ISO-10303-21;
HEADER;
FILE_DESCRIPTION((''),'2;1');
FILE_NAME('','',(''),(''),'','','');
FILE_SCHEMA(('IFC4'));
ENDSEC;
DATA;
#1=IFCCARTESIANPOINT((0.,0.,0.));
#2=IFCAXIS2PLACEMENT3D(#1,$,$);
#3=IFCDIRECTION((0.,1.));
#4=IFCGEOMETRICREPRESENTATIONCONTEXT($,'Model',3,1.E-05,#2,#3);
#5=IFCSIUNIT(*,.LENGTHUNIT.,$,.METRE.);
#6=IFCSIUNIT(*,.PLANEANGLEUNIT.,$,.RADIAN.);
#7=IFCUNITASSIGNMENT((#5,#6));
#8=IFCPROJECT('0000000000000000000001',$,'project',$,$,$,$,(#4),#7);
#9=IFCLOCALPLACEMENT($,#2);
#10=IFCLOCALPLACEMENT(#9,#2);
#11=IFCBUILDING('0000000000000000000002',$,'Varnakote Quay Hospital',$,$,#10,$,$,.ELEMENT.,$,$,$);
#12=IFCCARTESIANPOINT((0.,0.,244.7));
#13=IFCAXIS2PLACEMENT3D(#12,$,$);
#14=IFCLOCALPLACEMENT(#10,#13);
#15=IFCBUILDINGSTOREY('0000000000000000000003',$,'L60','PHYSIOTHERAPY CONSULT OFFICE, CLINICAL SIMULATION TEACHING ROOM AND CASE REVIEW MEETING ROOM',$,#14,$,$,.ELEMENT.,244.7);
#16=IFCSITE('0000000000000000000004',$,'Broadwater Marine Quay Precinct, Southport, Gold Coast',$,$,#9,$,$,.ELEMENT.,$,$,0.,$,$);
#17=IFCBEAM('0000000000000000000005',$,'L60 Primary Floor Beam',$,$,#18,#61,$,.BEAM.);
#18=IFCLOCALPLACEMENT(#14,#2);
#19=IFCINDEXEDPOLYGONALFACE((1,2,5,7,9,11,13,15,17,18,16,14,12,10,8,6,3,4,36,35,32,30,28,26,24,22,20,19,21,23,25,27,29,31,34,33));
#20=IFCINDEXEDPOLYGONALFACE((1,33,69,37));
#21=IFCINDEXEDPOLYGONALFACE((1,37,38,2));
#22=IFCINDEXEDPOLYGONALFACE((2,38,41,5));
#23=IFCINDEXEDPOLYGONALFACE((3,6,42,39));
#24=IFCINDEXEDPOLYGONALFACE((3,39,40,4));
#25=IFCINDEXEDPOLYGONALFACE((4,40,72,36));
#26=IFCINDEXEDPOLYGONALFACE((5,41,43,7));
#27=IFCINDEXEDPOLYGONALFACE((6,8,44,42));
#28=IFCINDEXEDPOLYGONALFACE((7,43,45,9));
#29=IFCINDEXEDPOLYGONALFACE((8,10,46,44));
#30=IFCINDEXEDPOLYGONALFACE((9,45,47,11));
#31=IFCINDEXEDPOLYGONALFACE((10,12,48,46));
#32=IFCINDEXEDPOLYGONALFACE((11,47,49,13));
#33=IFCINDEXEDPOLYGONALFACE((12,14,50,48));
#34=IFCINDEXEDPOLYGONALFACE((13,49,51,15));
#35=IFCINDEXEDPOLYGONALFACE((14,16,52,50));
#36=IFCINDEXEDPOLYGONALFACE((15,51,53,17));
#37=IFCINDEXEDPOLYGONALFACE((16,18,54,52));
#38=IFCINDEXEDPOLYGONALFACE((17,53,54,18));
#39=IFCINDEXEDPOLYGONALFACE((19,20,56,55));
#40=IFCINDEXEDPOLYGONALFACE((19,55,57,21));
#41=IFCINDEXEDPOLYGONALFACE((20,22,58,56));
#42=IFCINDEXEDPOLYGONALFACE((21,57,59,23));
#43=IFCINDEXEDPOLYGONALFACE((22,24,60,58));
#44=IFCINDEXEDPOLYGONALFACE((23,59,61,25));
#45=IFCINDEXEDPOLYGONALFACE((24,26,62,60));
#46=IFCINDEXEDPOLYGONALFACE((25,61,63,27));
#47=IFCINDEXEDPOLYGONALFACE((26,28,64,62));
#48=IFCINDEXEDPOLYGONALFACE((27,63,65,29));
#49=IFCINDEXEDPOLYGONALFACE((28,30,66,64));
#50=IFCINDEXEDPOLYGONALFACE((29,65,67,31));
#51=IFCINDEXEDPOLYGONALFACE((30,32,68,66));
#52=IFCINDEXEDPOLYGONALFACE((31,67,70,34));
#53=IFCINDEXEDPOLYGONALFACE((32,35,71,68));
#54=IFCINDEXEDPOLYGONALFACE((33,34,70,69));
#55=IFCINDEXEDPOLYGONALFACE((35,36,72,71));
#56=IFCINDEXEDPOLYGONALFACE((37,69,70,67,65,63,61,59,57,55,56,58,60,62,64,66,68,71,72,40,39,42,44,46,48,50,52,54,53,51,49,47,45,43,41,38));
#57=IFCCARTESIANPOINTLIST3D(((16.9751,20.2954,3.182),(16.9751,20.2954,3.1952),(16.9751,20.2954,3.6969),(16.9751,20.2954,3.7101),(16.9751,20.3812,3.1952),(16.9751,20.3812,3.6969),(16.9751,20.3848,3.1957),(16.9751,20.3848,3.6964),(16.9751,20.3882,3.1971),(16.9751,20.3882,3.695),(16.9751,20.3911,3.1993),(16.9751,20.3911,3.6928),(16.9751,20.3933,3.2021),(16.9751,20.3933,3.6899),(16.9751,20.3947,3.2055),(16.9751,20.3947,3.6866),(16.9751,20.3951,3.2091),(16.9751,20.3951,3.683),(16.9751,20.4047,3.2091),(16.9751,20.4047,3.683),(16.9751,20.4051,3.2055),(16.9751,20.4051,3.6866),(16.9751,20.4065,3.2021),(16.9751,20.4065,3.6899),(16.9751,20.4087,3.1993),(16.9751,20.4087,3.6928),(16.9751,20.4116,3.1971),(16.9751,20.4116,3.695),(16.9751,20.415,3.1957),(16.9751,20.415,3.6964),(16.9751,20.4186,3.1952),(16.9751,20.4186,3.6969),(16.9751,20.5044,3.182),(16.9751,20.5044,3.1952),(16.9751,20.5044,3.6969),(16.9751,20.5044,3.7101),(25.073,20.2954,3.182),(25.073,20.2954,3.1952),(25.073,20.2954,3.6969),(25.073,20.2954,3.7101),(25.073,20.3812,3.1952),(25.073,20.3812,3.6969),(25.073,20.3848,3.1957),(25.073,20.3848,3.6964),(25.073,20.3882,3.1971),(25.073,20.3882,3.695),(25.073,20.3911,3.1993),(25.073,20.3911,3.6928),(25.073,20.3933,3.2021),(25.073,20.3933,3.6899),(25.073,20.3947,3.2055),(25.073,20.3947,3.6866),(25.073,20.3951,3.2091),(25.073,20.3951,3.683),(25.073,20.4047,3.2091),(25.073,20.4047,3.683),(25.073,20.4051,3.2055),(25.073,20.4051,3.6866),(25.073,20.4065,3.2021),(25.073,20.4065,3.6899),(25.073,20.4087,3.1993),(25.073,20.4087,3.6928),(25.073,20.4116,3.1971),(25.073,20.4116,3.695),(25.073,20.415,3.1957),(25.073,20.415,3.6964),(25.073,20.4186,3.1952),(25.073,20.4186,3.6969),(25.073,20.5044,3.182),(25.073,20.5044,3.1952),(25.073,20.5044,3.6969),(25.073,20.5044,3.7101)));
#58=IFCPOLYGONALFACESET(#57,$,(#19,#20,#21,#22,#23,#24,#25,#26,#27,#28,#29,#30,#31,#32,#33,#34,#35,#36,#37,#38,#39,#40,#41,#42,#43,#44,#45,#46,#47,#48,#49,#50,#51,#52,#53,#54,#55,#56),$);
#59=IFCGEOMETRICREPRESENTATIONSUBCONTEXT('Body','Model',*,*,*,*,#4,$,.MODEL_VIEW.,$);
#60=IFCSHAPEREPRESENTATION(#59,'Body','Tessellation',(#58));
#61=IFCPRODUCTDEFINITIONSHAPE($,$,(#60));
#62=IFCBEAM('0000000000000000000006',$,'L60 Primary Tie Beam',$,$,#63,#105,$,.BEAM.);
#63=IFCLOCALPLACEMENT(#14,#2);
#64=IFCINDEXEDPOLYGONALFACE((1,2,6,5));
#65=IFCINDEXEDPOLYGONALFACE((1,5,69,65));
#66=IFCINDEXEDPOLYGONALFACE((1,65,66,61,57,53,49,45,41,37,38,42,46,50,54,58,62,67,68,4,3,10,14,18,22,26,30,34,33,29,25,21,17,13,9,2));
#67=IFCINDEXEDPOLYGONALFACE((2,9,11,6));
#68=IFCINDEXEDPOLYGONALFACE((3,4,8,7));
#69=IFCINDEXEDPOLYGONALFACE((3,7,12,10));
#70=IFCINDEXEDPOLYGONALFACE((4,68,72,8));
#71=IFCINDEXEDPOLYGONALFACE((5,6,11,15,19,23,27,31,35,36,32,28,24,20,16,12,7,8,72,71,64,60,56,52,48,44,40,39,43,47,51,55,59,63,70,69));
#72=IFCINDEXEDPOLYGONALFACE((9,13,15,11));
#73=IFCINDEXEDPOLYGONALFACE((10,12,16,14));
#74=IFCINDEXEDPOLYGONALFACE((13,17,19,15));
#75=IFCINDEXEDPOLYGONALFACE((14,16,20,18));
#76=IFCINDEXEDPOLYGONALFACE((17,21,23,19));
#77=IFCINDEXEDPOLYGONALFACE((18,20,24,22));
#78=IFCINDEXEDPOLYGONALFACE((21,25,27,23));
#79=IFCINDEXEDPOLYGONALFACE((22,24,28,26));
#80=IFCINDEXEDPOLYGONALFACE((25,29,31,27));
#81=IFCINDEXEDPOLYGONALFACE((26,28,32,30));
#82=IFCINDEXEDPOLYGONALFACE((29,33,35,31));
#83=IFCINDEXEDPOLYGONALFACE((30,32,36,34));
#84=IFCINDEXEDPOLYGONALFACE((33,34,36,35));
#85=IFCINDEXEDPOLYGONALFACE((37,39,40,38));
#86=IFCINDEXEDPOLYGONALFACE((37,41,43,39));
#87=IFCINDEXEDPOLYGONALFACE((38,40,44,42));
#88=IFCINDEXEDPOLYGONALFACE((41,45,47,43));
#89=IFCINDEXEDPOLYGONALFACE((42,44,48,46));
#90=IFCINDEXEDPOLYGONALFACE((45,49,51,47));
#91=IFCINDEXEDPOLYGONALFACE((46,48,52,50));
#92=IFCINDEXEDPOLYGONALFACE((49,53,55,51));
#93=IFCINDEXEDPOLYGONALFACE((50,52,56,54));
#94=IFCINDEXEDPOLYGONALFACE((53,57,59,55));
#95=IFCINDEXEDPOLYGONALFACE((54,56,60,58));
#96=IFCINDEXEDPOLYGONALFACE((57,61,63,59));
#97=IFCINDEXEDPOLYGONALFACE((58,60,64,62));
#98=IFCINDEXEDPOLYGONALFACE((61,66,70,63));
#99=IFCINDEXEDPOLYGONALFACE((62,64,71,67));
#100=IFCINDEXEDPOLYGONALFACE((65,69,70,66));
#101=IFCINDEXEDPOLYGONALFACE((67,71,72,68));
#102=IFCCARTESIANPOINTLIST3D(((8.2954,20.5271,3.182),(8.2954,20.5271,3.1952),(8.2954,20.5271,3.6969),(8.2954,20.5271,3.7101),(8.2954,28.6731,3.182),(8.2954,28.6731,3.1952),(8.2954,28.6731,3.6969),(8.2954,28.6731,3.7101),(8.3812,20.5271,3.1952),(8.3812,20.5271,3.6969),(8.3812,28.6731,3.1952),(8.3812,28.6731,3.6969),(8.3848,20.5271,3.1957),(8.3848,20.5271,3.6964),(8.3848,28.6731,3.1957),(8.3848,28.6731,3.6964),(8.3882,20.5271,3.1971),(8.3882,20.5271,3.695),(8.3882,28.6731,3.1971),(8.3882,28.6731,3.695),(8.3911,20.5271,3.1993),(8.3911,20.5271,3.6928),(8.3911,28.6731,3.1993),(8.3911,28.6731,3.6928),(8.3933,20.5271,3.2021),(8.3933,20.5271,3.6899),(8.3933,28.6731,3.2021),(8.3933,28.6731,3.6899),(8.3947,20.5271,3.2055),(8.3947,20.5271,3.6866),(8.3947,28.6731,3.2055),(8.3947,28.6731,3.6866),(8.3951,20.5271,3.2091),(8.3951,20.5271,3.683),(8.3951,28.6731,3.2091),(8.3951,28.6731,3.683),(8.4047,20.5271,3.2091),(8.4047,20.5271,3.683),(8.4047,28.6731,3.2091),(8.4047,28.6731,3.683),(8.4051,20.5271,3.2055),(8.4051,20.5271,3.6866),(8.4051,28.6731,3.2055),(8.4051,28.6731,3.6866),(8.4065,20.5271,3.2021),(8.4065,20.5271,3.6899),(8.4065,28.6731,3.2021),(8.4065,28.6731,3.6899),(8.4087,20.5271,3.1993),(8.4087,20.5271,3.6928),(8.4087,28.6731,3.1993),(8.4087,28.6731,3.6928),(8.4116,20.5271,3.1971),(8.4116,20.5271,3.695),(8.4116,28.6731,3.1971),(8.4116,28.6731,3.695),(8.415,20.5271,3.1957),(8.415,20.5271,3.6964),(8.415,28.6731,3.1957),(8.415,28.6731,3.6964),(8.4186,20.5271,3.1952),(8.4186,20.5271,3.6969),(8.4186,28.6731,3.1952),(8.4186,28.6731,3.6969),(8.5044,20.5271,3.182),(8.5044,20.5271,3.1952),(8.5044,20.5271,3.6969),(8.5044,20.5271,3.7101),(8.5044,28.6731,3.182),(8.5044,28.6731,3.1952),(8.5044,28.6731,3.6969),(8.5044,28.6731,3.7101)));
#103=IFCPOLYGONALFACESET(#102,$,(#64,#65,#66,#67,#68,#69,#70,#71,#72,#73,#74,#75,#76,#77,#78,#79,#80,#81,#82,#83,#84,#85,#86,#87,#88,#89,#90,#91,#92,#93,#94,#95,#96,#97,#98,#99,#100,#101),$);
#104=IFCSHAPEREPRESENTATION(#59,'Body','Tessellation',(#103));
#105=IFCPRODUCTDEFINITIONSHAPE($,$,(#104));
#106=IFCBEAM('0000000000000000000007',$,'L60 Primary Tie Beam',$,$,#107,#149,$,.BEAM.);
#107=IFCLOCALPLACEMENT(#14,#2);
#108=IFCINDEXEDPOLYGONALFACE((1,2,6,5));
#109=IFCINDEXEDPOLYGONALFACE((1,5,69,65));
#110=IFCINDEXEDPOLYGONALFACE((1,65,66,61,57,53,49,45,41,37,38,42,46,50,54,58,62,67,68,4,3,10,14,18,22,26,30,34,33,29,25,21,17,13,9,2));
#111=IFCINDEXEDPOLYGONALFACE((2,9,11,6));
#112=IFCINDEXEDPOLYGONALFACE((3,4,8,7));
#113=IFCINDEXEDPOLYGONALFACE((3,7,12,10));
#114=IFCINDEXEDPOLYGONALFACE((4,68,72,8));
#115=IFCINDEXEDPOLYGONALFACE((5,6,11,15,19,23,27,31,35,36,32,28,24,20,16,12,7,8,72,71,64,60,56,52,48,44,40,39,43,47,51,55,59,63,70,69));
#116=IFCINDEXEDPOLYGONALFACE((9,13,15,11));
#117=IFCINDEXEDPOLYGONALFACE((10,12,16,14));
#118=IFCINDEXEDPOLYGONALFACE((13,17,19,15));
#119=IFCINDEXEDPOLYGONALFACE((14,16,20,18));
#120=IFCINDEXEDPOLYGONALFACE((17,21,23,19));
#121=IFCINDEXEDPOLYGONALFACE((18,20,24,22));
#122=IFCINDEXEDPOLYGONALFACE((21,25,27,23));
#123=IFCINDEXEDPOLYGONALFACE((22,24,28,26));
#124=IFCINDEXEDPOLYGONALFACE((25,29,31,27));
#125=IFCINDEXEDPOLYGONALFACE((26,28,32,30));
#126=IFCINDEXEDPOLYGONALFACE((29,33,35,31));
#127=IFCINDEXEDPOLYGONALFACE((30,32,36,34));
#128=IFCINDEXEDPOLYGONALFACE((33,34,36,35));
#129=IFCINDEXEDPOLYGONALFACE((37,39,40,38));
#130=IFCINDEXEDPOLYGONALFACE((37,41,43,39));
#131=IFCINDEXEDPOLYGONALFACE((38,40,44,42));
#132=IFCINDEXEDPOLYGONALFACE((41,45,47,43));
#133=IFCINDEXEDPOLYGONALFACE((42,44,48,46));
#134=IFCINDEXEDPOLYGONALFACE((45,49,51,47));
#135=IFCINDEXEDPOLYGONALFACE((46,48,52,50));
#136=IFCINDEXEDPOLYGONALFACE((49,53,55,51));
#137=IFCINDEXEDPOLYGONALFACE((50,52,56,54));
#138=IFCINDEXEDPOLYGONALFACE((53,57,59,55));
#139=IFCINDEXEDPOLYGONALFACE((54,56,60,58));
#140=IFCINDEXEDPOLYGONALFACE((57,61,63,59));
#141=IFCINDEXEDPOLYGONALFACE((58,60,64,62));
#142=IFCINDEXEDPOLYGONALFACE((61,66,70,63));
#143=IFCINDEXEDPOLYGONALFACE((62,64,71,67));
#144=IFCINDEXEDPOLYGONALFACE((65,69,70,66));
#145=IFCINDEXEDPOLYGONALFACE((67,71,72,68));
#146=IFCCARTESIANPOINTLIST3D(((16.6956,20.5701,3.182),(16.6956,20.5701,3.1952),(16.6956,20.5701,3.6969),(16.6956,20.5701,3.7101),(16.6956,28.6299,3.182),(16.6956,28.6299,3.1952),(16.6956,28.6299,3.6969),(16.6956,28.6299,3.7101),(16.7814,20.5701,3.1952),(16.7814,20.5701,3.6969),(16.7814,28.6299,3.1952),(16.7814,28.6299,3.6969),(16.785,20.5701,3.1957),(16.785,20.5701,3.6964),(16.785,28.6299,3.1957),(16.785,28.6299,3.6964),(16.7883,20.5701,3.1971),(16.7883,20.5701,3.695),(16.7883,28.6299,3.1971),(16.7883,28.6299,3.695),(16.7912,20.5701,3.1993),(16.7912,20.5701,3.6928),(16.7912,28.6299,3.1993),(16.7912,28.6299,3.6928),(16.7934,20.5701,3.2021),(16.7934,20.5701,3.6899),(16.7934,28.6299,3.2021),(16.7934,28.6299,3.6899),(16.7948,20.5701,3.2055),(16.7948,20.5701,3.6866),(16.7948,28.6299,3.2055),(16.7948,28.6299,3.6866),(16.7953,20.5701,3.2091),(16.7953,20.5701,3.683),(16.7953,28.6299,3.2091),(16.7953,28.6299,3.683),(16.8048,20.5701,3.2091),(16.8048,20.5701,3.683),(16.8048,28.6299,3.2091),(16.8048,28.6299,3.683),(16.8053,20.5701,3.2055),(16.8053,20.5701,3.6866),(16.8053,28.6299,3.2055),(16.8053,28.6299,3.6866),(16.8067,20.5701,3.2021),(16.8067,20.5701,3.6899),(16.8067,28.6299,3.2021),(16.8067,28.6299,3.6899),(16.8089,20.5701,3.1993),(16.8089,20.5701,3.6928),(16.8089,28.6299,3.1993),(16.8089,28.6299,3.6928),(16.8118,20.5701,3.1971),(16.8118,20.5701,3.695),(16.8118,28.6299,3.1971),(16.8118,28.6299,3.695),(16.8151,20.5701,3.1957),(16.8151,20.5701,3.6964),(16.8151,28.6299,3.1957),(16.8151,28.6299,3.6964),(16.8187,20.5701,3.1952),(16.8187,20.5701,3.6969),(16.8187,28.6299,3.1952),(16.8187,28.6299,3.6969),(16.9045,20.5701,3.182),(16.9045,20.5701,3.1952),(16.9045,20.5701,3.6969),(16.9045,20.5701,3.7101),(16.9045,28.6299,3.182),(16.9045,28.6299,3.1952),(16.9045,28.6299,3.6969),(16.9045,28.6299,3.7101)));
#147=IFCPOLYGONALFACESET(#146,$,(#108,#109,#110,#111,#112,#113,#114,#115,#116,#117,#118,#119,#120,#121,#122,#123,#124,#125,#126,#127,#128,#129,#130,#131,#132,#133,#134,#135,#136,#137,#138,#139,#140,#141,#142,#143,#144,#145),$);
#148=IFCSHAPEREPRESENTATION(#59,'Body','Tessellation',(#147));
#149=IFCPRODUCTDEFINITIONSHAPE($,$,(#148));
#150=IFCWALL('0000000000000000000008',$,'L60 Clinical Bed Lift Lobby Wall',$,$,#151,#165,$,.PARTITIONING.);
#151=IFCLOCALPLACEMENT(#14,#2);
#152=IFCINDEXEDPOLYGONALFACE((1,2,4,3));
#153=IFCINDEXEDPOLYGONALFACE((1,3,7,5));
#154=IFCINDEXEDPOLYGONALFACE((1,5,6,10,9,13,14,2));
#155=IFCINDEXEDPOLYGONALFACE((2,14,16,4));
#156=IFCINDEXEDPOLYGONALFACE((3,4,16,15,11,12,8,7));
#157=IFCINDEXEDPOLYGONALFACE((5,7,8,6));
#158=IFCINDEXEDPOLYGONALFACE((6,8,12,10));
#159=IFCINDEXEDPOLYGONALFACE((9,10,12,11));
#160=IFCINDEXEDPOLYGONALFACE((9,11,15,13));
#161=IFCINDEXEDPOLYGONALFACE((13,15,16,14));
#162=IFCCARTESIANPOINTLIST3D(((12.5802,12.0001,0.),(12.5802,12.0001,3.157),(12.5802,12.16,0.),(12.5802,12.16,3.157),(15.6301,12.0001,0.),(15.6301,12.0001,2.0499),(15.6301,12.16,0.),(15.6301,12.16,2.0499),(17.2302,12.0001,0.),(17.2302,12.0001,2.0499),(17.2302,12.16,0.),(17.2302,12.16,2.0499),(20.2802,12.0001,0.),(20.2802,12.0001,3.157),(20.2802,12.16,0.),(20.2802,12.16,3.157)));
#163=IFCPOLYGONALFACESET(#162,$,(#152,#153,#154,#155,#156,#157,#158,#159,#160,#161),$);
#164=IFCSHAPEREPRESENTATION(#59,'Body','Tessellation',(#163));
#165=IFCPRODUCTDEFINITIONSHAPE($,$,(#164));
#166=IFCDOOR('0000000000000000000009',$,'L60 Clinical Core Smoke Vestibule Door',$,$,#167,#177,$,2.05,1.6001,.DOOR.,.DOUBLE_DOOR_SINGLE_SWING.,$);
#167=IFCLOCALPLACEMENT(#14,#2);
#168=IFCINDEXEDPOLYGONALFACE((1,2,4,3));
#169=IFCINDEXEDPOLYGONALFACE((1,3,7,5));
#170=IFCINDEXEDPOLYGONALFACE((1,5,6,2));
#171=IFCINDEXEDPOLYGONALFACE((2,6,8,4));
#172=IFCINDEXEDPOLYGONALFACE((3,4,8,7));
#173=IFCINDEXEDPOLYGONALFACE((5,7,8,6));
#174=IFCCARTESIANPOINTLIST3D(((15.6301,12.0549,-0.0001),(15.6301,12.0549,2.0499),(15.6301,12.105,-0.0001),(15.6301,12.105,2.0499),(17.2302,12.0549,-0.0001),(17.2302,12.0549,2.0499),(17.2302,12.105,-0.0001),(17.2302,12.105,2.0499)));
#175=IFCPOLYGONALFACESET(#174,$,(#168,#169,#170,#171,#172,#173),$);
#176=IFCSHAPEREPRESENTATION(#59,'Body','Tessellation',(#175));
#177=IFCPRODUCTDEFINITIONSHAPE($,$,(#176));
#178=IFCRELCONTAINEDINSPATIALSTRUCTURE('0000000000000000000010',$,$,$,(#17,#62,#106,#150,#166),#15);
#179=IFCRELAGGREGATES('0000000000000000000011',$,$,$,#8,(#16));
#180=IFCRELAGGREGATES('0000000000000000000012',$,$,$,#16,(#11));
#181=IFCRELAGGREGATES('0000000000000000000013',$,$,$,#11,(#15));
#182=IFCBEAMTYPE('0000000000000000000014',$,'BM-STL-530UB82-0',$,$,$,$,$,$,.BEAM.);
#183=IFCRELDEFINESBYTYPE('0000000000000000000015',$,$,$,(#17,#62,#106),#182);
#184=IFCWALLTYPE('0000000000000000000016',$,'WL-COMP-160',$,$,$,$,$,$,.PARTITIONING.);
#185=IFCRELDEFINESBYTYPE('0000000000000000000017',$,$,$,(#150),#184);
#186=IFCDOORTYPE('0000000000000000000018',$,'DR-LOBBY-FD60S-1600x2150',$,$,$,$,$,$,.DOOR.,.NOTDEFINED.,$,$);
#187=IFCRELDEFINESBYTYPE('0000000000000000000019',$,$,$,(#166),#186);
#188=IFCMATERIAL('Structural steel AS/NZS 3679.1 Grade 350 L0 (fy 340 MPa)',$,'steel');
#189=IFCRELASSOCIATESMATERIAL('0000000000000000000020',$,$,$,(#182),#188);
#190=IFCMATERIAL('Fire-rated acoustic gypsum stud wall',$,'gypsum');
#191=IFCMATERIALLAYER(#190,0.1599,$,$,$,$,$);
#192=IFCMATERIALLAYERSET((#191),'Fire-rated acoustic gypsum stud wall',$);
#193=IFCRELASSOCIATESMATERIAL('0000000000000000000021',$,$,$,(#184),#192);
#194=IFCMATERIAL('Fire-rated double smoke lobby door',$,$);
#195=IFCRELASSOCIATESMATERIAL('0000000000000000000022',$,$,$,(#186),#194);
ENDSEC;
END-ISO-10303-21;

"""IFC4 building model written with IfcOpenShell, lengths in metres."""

from ifc_helpers import new_model, si_unit, direction, frame, frame_2d, origin, origin_2d, place, context, subcontext, project, spatial, rectangle, i_section, extrude, material, layer, layer_set, material_profile, profile_set, type_object, element, fill, save


model = new_model("IFC4")

# Units and contexts
model_context = context("Model", 3, precision=1e-05, world=origin(), true_north=direction((0.0, 1.0)))
body_context = subcontext(model_context, "Body", "Model", "MODEL_VIEW")
ifc_project = project(units=[si_unit("LENGTHUNIT", "METRE"), si_unit("PLANEANGLEUNIT", "RADIAN")], contexts=[model_context])

# Site, building, storey
site_placement = place(None, origin())
site = spatial("IfcSite", under=ifc_project, at=site_placement, Name="Broadwater Marine Quay Precinct, Southport, Gold Coast", CompositionType="ELEMENT", RefElevation=0.0)
building_placement = place(site_placement, origin())
building = spatial("IfcBuilding", under=site, at=building_placement, Name="Varnakote Quay Hospital", CompositionType="ELEMENT")
storey_placement = place(building_placement, frame((0.0, 0.0, 244.7)))
storey = spatial("IfcBuildingStorey", under=building, at=storey_placement, Name="L60", Description="PHYSIOTHERAPY CONSULT OFFICE, CLINICAL SIMULATION TEACHING ROOM AND CASE REVIEW MEETING ROOM", CompositionType="ELEMENT", Elevation=244.7)

# Beams
ifc_material_1 = material(Name="Structural steel AS/NZS 3679.1 Grade 350 L0 (fy 340 MPa)", Category="steel")
ifc_material_profile_1 = material_profile(ifc_material_1, i_section(OverallWidth=0.209, OverallDepth=0.5281, WebThickness=0.0095, FlangeThickness=0.0132, FilletRadius=0.0139, at=origin_2d()), Name="530UB82.0")
ifc_profile_set_1 = profile_set([ifc_material_profile_1], Name="Structural steel AS/NZS 3679.1 Grade 350 L0 (fy 340 MPa)")
beam_type = type_object("IfcBeamType", Name="BM-STL-530UB82-0", PredefinedType="BEAM", material=ifc_profile_set_1)
for number, where, z_axis, x_axis, name in (
    (1, (16.9751, 20.3999, 3.446), (1.0, 0.0, 0.0), (0.0, 1.0, 0.0), "L60 Primary Floor Beam"),
):
    element("IfcBeam", number, at=place(storey_placement, frame(where, z_axis=z_axis, x_axis=x_axis)), inside=storey, type_object=beam_type, Name=name, PredefinedType="BEAM", context=body_context, shape_type="SweptSolid", body=[
        extrude(i_section(OverallWidth=0.209, OverallDepth=0.5281, WebThickness=0.0095, FlangeThickness=0.0132, FilletRadius=0.0139, at=origin_2d()), origin(), (0.0, 0.0, 1.0), 8.0979),
    ])
beam_1_placement = place(storey_placement, frame((8.3999, 20.5271, 3.446), z_axis=(0.0, 1.0, 0.0), x_axis=(-1.0, 0.0, 0.0)))
element("IfcBeam", 2, at=beam_1_placement, inside=storey, type_object=beam_type, Name="L60 Primary Tie Beam", PredefinedType="BEAM", context=body_context, shape_type="SweptSolid", body=[
    extrude(i_section(OverallWidth=0.209, OverallDepth=0.5281, WebThickness=0.0095, FlangeThickness=0.0132, FilletRadius=0.0139, at=origin_2d()), origin(), (0.0, 0.0, 1.0), 8.146),
])
beam_2_placement = place(storey_placement, frame((16.8, 20.5701, 3.446), z_axis=(0.0, 1.0, 0.0), x_axis=(-1.0, 0.0, 0.0)))
element("IfcBeam", 3, at=beam_2_placement, inside=storey, type_object=beam_type, Name="L60 Primary Tie Beam", PredefinedType="BEAM", context=body_context, shape_type="SweptSolid", body=[
    extrude(i_section(OverallWidth=0.209, OverallDepth=0.5281, WebThickness=0.0095, FlangeThickness=0.0132, FilletRadius=0.0139, at=origin_2d()), origin(), (0.0, 0.0, 1.0), 8.0598),
])

# Wall, opening, door
ifc_material_2 = material(Name="Fire-rated acoustic gypsum stud wall", Category="gypsum")
ifc_layer_1 = layer(ifc_material_2, 0.1599)
ifc_layer_set_1 = layer_set([ifc_layer_1], Name="Fire-rated acoustic gypsum stud wall")
wall_type_1 = type_object("IfcWallType", Name="WL-COMP-160", PredefinedType="PARTITIONING", material=ifc_layer_set_1)
wall_1_placement = place(storey_placement, frame((12.5801, 12.0801, 0.0), z_axis=(0.0, 0.0, 1.0), x_axis=(1.0, 0.0, 0.0)))
wall_1 = element("IfcWall", 4, at=wall_1_placement, inside=storey, type_object=wall_type_1, Name="L60 Clinical Bed Lift Lobby Wall", PredefinedType="PARTITIONING", context=body_context, shape_type="SweptSolid", body=[
    extrude(rectangle(XDim=7.7, YDim=0.1599, at=frame_2d((3.8501, 0.0))), origin(), (0.0, 0.0, 1.0), 3.157),
])
opening_1_placement = place(wall_1_placement, frame((3.05, 0.0, 0.0)))
opening_1 = element("IfcOpeningElement", 5, at=opening_1_placement, cuts=wall_1, PredefinedType="OPENING", context=body_context, shape_type="SweptSolid", body=[
    extrude(rectangle(XDim=1.6001, YDim=2.05, at=frame_2d((0.8, 1.0249))), frame((0.0, 0.0898, 0.0), z_axis=(0.0, -1.0, 0.0), x_axis=(1.0, 0.0, 0.0)), (0.0, 0.0, 1.0), 0.1799),
])
ifc_material_3 = material(Name="Fire-rated double smoke lobby door")
door_type_1 = type_object("IfcDoorType", Name="DR-LOBBY-FD60S-1600x2150", OperationType="NOTDEFINED", PredefinedType="DOOR", material=ifc_material_3)
door_1_placement = place(opening_1_placement, origin())
door_1 = element("IfcDoor", 6, at=door_1_placement, inside=storey, type_object=door_type_1, Name="L60 Clinical Core Smoke Vestibule Door", OperationType="DOUBLE_DOOR_SINGLE_SWING", OverallHeight=2.05, OverallWidth=1.6001, PredefinedType="DOOR", context=body_context, shape_type="SweptSolid", body=[
    extrude(rectangle(XDim=1.6001, YDim=2.05, at=frame_2d((0.8, 1.0249))), frame((0.0, 0.0249, 0.0), z_axis=(0.0, -1.0, 0.0), x_axis=(1.0, 0.0, 0.0)), (0.0, 0.0, 1.0), 0.05),
])
fill(opening_1, door_1)

save(model, "model.ifc")
